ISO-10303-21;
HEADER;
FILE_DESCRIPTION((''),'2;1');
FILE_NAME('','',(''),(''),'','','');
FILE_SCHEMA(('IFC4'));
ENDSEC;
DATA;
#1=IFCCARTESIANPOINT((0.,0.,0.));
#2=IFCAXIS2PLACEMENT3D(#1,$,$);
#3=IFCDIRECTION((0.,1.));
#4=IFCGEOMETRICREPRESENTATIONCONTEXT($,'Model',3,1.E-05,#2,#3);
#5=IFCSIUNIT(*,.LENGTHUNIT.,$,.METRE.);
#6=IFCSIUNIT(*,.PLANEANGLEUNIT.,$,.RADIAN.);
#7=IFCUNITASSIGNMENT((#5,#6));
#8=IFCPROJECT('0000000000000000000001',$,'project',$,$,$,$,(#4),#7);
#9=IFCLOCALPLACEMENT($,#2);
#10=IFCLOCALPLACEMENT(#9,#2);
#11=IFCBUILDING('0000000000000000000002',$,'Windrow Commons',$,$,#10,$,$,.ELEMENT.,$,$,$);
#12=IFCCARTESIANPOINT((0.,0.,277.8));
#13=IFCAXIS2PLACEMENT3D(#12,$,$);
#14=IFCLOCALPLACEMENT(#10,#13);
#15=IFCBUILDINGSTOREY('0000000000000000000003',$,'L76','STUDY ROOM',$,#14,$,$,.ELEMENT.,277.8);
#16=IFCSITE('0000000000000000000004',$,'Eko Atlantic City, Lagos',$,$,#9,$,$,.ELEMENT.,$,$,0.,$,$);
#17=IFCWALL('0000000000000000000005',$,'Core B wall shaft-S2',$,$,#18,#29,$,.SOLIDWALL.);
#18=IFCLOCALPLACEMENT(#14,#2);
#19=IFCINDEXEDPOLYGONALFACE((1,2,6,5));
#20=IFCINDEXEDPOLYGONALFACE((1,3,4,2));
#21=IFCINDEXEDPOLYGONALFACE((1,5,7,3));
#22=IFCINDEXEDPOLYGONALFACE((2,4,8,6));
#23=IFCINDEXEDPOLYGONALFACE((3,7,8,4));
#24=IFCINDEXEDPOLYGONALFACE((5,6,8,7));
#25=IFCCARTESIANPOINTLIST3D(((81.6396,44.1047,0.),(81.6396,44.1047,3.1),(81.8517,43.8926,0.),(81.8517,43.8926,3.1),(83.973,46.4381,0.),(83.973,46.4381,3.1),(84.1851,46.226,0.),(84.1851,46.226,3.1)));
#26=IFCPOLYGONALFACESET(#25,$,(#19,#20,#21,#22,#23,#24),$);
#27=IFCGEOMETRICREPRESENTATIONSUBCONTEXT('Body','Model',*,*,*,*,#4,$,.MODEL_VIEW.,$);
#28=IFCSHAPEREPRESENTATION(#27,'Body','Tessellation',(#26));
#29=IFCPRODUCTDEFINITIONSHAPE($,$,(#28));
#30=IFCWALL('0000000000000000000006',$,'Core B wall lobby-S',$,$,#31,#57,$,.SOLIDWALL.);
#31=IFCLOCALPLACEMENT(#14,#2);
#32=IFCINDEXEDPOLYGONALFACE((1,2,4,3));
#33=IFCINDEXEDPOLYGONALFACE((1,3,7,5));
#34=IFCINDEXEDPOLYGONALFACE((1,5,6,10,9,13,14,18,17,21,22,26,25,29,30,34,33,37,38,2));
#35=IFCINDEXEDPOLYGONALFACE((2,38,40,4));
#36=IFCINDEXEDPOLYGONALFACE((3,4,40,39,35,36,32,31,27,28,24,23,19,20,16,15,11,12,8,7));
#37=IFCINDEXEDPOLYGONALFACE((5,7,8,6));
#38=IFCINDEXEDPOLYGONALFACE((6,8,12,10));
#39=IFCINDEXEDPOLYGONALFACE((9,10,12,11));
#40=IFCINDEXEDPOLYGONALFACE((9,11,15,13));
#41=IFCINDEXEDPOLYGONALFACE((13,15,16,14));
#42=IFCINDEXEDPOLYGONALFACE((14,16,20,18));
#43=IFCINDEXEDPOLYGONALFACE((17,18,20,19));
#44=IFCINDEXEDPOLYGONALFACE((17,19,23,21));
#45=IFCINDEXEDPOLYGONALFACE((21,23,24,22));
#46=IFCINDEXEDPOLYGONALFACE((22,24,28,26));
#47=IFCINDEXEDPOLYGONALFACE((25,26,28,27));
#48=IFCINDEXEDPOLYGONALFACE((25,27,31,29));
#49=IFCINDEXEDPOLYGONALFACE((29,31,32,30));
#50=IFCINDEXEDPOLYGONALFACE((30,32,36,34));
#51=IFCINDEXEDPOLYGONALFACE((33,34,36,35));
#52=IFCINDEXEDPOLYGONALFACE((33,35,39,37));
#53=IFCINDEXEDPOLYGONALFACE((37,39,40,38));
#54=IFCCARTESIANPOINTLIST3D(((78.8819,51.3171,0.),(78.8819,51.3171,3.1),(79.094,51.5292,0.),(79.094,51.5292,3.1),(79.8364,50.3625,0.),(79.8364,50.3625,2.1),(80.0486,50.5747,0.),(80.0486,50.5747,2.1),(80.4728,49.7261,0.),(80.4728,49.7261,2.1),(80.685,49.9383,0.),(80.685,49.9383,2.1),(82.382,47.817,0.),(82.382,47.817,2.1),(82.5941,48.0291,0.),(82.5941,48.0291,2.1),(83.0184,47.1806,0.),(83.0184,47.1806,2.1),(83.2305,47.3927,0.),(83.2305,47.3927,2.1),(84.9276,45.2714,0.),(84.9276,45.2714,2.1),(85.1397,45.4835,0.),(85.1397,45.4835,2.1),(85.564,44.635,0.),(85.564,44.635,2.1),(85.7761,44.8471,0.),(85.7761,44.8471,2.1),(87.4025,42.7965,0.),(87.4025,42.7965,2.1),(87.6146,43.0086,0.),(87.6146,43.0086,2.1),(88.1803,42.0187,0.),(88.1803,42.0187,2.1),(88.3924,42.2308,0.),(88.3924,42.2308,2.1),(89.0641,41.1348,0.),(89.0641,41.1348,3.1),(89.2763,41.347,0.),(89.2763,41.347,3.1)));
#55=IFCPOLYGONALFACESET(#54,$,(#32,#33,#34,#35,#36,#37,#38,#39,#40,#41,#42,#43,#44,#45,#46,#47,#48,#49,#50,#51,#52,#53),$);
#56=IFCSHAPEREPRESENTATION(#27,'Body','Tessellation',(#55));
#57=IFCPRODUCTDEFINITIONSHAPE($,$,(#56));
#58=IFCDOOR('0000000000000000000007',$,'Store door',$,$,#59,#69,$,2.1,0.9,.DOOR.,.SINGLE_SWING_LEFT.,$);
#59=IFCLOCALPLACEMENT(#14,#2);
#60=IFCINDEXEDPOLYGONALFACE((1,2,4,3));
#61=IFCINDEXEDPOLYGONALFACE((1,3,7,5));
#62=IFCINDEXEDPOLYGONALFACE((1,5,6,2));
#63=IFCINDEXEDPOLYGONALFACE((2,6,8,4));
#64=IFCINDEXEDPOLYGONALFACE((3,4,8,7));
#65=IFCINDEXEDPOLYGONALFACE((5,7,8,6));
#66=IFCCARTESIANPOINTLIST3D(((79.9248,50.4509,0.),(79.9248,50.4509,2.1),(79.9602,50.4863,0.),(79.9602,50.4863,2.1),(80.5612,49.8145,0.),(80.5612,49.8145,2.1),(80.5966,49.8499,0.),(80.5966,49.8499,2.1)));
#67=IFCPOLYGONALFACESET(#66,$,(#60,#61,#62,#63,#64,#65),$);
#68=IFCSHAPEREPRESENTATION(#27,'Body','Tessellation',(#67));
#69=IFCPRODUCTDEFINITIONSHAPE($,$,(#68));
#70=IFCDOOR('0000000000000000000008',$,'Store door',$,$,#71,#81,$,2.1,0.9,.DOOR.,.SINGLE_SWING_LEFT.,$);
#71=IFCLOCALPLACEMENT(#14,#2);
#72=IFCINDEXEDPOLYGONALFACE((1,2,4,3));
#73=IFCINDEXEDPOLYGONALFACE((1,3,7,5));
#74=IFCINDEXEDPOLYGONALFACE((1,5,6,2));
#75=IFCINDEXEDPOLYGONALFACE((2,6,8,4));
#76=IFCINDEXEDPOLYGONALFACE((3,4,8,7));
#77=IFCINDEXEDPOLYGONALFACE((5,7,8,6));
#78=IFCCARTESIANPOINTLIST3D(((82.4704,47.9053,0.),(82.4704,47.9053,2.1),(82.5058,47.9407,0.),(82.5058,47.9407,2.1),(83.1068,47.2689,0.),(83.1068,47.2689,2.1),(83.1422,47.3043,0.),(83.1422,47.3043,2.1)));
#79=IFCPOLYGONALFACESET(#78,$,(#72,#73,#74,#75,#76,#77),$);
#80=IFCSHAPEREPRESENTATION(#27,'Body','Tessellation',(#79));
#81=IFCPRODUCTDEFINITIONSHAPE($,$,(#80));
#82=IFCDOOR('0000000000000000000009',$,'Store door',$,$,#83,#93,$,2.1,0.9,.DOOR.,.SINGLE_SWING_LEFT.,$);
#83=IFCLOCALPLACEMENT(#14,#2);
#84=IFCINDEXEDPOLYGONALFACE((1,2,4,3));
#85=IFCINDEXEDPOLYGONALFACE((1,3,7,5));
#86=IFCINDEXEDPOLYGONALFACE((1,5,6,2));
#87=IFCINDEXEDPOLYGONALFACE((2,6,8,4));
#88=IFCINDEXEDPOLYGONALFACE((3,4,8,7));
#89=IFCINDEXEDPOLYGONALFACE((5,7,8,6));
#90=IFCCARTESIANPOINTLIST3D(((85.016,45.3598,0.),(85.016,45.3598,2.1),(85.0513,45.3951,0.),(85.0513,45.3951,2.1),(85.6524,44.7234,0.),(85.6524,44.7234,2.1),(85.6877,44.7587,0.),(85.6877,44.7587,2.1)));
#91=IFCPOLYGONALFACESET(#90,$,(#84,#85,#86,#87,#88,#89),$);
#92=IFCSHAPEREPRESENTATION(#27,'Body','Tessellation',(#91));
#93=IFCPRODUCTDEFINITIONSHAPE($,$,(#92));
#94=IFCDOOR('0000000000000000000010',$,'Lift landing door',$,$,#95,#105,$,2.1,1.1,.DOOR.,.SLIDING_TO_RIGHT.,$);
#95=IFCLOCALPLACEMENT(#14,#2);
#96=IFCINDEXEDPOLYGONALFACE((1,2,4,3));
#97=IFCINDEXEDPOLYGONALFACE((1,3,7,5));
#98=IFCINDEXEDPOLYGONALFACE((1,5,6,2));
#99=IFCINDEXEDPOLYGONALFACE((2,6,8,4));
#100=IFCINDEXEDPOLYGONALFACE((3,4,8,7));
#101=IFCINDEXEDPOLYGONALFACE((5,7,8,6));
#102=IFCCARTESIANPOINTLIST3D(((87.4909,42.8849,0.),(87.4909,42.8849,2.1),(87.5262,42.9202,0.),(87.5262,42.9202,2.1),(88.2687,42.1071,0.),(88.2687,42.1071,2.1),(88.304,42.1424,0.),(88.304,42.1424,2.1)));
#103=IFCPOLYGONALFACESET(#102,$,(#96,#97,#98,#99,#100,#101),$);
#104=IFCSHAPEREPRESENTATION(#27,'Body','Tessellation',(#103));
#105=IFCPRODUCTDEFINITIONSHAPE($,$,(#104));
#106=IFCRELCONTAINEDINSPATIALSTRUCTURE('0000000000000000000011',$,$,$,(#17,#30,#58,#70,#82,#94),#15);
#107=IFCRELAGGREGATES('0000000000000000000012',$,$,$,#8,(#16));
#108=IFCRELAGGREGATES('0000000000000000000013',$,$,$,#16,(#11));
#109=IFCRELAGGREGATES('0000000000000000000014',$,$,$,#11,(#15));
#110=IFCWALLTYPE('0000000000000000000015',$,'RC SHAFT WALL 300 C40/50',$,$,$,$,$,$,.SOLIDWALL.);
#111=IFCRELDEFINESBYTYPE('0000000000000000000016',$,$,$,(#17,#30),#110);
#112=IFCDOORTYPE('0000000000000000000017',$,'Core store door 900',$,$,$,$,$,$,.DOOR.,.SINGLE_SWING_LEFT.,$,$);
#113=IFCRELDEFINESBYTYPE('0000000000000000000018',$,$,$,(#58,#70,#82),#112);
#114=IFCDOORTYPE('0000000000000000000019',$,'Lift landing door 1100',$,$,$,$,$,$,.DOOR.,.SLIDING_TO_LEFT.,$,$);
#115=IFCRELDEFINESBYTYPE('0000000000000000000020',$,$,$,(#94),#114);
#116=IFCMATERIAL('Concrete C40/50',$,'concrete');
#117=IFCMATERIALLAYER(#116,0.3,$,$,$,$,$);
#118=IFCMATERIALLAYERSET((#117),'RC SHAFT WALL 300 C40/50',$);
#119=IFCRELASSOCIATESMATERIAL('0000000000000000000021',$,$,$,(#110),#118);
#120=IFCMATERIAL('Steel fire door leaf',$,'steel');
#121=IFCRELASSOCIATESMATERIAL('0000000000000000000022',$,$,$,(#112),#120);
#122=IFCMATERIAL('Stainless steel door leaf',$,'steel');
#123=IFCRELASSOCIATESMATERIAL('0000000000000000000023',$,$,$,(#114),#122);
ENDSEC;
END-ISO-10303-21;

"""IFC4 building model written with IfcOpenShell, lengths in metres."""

from ifc_helpers import new_model, si_unit, direction, frame, frame_2d, origin, place, context, subcontext, project, spatial, rectangle, extrude, material, layer, layer_set, type_object, element, fill, save


model = new_model("IFC4")

# Units and contexts
model_context = context("Model", 3, precision=1e-05, world=origin(), true_north=direction((0.0, 1.0)))
body_context = subcontext(model_context, "Body", "Model", "MODEL_VIEW")
ifc_project = project(units=[si_unit("LENGTHUNIT", "METRE"), si_unit("PLANEANGLEUNIT", "RADIAN")], contexts=[model_context])

# Site, building, storey
site_placement = place(None, origin())
site = spatial("IfcSite", under=ifc_project, at=site_placement, Name="Eko Atlantic City, Lagos", CompositionType="ELEMENT", RefElevation=0.0)
building_placement = place(site_placement, origin())
building = spatial("IfcBuilding", under=site, at=building_placement, Name="Windrow Commons", CompositionType="ELEMENT")
storey_placement = place(building_placement, frame((0.0, 0.0, 277.8)))
storey = spatial("IfcBuildingStorey", under=building, at=storey_placement, Name="L76", Description="STUDY ROOM", CompositionType="ELEMENT", Elevation=277.8)

# Wall
ifc_material_1 = material(Name="Concrete C40/50", Category="concrete")
ifc_layer_1 = layer(ifc_material_1, 0.3)
ifc_layer_set_1 = layer_set([ifc_layer_1], Name="RC SHAFT WALL 300 C40/50")
wall_type_1 = type_object("IfcWallType", Name="RC SHAFT WALL 300 C40/50", PredefinedType="SOLIDWALL", material=ifc_layer_set_1)
wall_1_placement = place(storey_placement, frame((81.7456, 43.9986, 0.0), z_axis=(0.0, 0.0, 1.0), x_axis=(0.707107, 0.707107, 0.0)))
element("IfcWall", 1, at=wall_1_placement, inside=storey, type_object=wall_type_1, Name="Core B wall shaft-S2", PredefinedType="SOLIDWALL", context=body_context, shape_type="SweptSolid", body=[
    extrude(rectangle(XDim=3.2999, YDim=0.3, at=frame_2d((1.65, 0.0))), origin(), (0.0, 0.0, 1.0), 3.1),
])

# Wall, openings, doors
wall_2_placement = place(storey_placement, frame((78.9879, 51.4232, 0.0), z_axis=(0.0, 0.0, 1.0), x_axis=(0.707107, -0.707107, 0.0)))
wall_2 = element("IfcWall", 2, at=wall_2_placement, inside=storey, type_object=wall_type_1, Name="Core B wall lobby-S", PredefinedType="SOLIDWALL", context=body_context, shape_type="SweptSolid", body=[
    extrude(rectangle(XDim=14.3999, YDim=0.3, at=frame_2d((7.2, 0.0))), origin(), (0.0, 0.0, 1.0), 3.1),
])
opening_1_placement = place(wall_2_placement, frame((1.35, 0.0, 0.0)))
opening_1 = element("IfcOpeningElement", 3, at=opening_1_placement, cuts=wall_2, PredefinedType="OPENING", context=body_context, shape_type="SweptSolid", body=[
    extrude(rectangle(XDim=0.9, YDim=2.1, at=frame_2d((0.45, 1.05))), frame((0.0, 0.16, 0.0), z_axis=(0.0, -1.0, 0.0), x_axis=(1.0, 0.0, 0.0)), (0.0, 0.0, 1.0), 0.32),
])
opening_2_placement = place(wall_2_placement, frame((4.95, 0.0, 0.0)))
opening_2 = element("IfcOpeningElement", 4, at=opening_2_placement, cuts=wall_2, PredefinedType="OPENING", context=body_context, shape_type="SweptSolid", body=[
    extrude(rectangle(XDim=0.9, YDim=2.1, at=frame_2d((0.45, 1.05))), frame((0.0, 0.16, 0.0), z_axis=(0.0, -1.0, 0.0), x_axis=(1.0, 0.0, 0.0)), (0.0, 0.0, 1.0), 0.32),
])
opening_3_placement = place(wall_2_placement, frame((8.55, 0.0, 0.0)))
opening_3 = element("IfcOpeningElement", 5, at=opening_3_placement, cuts=wall_2, PredefinedType="OPENING", context=body_context, shape_type="SweptSolid", body=[
    extrude(rectangle(XDim=0.9, YDim=2.1, at=frame_2d((0.45, 1.05))), frame((0.0, 0.16, 0.0), z_axis=(0.0, -1.0, 0.0), x_axis=(1.0, 0.0, 0.0)), (0.0, 0.0, 1.0), 0.32),
])
opening_4_placement = place(wall_2_placement, frame((12.05, 0.0, 0.0)))
opening_4 = element("IfcOpeningElement", 6, at=opening_4_placement, cuts=wall_2, PredefinedType="OPENING", context=body_context, shape_type="SweptSolid", body=[
    extrude(rectangle(XDim=1.1, YDim=2.1, at=frame_2d((0.55, 1.05))), frame((0.0, 0.16, 0.0), z_axis=(0.0, -1.0, 0.0), x_axis=(1.0, 0.0, 0.0)), (0.0, 0.0, 1.0), 0.32),
])
ifc_material_2 = material(Name="Steel fire door leaf", Category="steel")
door_type_1 = type_object("IfcDoorType", Name="Core store door 900", OperationType="SINGLE_SWING_LEFT", PredefinedType="DOOR", material=ifc_material_2)
door_1_placement = place(opening_1_placement, origin())
door_1 = element("IfcDoor", 7, at=door_1_placement, inside=storey, type_object=door_type_1, Name="Store door", OperationType="SINGLE_SWING_LEFT", OverallHeight=2.1, OverallWidth=0.9, PredefinedType="DOOR", context=body_context, shape_type="SweptSolid", body=[
    extrude(rectangle(XDim=0.9, YDim=2.1, at=frame_2d((0.45, 1.05))), frame((0.0, 0.025, 0.0), z_axis=(0.0, -1.0, 0.0), x_axis=(1.0, 0.0, 0.0)), (0.0, 0.0, 1.0), 0.05),
])
fill(opening_1, door_1)
door_2_placement = place(opening_2_placement, origin())
door_2 = element("IfcDoor", 8, at=door_2_placement, inside=storey, type_object=door_type_1, Name="Store door", OperationType="SINGLE_SWING_LEFT", OverallHeight=2.1, OverallWidth=0.9, PredefinedType="DOOR", context=body_context, shape_type="SweptSolid", body=[
    extrude(rectangle(XDim=0.9, YDim=2.1, at=frame_2d((0.45, 1.05))), frame((0.0, 0.025, 0.0), z_axis=(0.0, -1.0, 0.0), x_axis=(1.0, 0.0, 0.0)), (0.0, 0.0, 1.0), 0.05),
])
fill(opening_2, door_2)
door_3_placement = place(opening_3_placement, origin())
door_3 = element("IfcDoor", 9, at=door_3_placement, inside=storey, type_object=door_type_1, Name="Store door", OperationType="SINGLE_SWING_LEFT", OverallHeight=2.1, OverallWidth=0.9, PredefinedType="DOOR", context=body_context, shape_type="SweptSolid", body=[
    extrude(rectangle(XDim=0.9, YDim=2.1, at=frame_2d((0.45, 1.05))), frame((0.0, 0.025, 0.0), z_axis=(0.0, -1.0, 0.0), x_axis=(1.0, 0.0, 0.0)), (0.0, 0.0, 1.0), 0.05),
])
fill(opening_3, door_3)
ifc_material_3 = material(Name="Stainless steel door leaf", Category="steel")
door_type_2 = type_object("IfcDoorType", Name="Lift landing door 1100", OperationType="SLIDING_TO_LEFT", PredefinedType="DOOR", material=ifc_material_3)
door_4_placement = place(opening_4_placement, origin())
door_4 = element("IfcDoor", 10, at=door_4_placement, inside=storey, type_object=door_type_2, Name="Lift landing door", OperationType="SLIDING_TO_RIGHT", OverallHeight=2.1, OverallWidth=1.1, PredefinedType="DOOR", context=body_context, shape_type="SweptSolid", body=[
    extrude(rectangle(XDim=1.1, YDim=2.1, at=frame_2d((0.55, 1.05))), frame((0.0, 0.025, 0.0), z_axis=(0.0, -1.0, 0.0), x_axis=(1.0, 0.0, 0.0)), (0.0, 0.0, 1.0), 0.05),
])
fill(opening_4, door_4)

save(model, "model.ifc")
